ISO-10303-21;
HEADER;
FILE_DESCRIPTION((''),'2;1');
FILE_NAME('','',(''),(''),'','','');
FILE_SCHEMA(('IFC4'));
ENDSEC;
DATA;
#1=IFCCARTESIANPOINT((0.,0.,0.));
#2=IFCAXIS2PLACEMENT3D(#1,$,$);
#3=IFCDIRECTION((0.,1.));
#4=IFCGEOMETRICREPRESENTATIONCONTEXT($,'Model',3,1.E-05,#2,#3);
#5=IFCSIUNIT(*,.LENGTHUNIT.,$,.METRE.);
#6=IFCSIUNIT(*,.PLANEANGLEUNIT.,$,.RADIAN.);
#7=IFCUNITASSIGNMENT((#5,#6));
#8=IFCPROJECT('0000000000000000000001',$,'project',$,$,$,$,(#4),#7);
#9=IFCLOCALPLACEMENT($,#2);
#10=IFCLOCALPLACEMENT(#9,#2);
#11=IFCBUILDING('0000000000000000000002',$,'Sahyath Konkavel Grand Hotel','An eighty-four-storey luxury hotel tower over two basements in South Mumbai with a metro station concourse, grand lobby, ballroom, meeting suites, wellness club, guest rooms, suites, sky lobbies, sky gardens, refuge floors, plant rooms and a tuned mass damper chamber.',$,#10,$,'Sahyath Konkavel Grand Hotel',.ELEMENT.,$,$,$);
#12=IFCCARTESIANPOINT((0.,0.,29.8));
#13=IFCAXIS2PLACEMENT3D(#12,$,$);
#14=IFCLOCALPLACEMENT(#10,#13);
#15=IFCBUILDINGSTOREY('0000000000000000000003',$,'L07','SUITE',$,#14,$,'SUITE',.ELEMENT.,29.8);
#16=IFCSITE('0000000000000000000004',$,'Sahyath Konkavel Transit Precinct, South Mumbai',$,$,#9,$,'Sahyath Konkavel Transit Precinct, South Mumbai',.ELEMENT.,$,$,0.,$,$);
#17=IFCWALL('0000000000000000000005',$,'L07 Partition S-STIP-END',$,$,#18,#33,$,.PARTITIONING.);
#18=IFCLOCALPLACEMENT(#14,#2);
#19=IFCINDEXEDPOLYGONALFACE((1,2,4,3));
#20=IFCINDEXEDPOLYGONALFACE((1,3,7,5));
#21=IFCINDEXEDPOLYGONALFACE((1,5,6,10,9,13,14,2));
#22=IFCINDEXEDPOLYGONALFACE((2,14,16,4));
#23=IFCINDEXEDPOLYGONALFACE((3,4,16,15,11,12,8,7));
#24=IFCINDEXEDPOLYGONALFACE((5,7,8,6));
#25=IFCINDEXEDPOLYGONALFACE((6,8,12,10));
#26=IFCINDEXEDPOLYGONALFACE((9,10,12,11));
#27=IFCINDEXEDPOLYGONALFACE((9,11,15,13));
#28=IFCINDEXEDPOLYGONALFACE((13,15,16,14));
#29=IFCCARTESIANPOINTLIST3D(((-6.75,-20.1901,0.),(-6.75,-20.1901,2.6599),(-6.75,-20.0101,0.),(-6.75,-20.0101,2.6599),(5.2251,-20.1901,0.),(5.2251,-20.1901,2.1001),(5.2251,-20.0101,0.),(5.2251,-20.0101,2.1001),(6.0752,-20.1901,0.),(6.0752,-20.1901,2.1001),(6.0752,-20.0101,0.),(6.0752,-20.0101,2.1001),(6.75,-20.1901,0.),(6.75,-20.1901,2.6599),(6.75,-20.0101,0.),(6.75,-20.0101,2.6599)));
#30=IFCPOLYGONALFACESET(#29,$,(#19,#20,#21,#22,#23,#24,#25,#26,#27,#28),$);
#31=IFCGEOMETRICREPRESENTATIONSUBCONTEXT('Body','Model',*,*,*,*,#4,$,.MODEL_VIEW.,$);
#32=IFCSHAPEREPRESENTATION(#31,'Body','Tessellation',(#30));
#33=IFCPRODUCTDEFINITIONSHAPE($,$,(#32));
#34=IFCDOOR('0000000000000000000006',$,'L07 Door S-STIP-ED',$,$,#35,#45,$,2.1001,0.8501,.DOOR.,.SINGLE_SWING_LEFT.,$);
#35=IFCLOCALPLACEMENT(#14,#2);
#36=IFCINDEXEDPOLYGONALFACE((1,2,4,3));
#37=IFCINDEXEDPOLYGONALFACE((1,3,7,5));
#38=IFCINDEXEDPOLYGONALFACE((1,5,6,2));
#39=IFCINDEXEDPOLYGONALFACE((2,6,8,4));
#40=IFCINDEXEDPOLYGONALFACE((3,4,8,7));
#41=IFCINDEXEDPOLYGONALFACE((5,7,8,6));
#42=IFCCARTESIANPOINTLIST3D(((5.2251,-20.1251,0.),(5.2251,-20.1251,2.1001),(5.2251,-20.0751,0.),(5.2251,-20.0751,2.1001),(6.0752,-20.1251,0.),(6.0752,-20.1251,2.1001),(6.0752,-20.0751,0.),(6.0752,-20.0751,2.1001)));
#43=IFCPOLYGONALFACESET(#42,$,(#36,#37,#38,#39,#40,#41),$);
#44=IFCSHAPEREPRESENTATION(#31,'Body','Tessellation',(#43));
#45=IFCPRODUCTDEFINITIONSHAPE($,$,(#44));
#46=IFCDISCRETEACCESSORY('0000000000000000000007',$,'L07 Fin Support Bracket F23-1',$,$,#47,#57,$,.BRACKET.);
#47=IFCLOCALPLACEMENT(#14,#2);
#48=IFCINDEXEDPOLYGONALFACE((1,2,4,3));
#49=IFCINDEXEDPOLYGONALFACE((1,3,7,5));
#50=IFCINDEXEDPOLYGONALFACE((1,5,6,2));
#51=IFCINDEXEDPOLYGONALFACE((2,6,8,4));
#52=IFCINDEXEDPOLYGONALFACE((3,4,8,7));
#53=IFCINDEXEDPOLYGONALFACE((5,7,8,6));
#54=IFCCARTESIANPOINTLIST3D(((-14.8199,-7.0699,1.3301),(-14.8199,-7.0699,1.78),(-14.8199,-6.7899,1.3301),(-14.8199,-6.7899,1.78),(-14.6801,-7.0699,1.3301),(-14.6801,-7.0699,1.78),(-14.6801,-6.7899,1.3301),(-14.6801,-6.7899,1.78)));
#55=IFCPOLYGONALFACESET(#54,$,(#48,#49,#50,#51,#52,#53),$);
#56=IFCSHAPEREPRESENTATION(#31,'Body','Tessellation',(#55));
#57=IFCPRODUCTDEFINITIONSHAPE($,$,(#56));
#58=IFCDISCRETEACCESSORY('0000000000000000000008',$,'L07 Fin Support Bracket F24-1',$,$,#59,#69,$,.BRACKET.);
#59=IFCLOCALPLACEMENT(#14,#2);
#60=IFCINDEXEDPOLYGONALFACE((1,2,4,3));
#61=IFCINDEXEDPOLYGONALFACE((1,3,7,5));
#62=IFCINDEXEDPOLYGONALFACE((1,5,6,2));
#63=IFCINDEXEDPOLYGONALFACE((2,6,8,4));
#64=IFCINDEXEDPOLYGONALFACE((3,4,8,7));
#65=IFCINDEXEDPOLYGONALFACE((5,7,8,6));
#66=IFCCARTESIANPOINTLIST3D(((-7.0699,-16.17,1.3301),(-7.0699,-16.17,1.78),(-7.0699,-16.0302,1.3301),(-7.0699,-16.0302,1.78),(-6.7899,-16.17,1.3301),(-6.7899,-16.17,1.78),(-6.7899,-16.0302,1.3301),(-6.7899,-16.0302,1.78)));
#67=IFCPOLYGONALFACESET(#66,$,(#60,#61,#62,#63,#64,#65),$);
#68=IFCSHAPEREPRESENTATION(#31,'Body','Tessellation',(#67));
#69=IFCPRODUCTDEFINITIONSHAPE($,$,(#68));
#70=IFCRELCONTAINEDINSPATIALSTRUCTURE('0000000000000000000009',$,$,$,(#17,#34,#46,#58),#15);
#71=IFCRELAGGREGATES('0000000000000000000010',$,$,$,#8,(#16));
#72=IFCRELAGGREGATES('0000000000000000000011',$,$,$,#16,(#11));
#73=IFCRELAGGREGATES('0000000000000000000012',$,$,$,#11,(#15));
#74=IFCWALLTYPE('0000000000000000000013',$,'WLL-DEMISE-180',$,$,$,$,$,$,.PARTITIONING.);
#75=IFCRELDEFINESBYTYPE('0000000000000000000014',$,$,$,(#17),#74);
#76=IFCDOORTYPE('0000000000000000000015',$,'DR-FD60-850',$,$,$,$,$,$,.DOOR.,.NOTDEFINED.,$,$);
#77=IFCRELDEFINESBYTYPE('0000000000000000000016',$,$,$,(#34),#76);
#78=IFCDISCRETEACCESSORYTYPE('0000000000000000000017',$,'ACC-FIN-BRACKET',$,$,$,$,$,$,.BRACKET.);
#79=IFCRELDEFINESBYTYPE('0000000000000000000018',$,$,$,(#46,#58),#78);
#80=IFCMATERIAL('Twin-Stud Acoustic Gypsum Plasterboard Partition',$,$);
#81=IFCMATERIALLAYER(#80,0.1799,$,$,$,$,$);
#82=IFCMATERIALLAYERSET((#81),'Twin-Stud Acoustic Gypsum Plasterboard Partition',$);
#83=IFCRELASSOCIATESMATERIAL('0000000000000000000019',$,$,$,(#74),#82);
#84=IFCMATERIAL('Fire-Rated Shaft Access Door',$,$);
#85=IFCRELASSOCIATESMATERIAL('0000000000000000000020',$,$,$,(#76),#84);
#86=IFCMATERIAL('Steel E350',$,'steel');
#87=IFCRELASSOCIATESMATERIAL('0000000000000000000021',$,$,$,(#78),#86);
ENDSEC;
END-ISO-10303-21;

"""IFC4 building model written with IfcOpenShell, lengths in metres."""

from ifc_helpers import new_model, si_unit, direction, frame, frame_2d, origin, origin_2d, place, context, subcontext, project, spatial, rectangle, extrude, source, transform, mapped, material, layer, layer_set, type_object, element, fill, save


model = new_model("IFC4")

# Units and contexts
model_context = context("Model", 3, precision=1e-05, world=origin(), true_north=direction((0.0, 1.0)))
body_context = subcontext(model_context, "Body", "Model", "MODEL_VIEW")
ifc_project = project(units=[si_unit("LENGTHUNIT", "METRE"), si_unit("PLANEANGLEUNIT", "RADIAN")], contexts=[model_context])

# Site, building, storey
site_placement = place(None, origin())
site = spatial("IfcSite", under=ifc_project, at=site_placement, Name="Sahyath Konkavel Transit Precinct, South Mumbai", LongName="Sahyath Konkavel Transit Precinct, South Mumbai", CompositionType="ELEMENT", RefElevation=0.0)
building_placement = place(site_placement, origin())
building = spatial("IfcBuilding", under=site, at=building_placement, Name="Sahyath Konkavel Grand Hotel", Description="An eighty-four-storey luxury hotel tower over two basements in South Mumbai with a metro station concourse, grand lobby, ballroom, meeting suites, wellness club, guest rooms, suites, sky lobbies, sky gardens, refuge floors, plant rooms and a tuned mass damper chamber.", LongName="Sahyath Konkavel Grand Hotel", CompositionType="ELEMENT")
storey_placement = place(building_placement, frame((0.0, 0.0, 29.8)))
storey = spatial("IfcBuildingStorey", under=building, at=storey_placement, Name="L07", Description="SUITE", LongName="SUITE", CompositionType="ELEMENT", Elevation=29.8)

# Shared definitions
ifc_material_1 = material(Name="Steel E350", Category="steel")

# Shared definitions
ifc_material_2 = material(Name="Twin-Stud Acoustic Gypsum Plasterboard Partition")
ifc_layer_1 = layer(ifc_material_2, 0.1799)
ifc_layer_set_1 = layer_set([ifc_layer_1], Name="Twin-Stud Acoustic Gypsum Plasterboard Partition")
wall_type_1 = type_object("IfcWallType", Name="WLL-DEMISE-180", PredefinedType="PARTITIONING", material=ifc_layer_set_1)

# Wall, opening, door
wall_1_placement = place(storey_placement, frame((-6.75, -20.1001, 0.0), z_axis=(0.0, 0.0, 1.0), x_axis=(1.0, 0.0, 0.0)))
wall_1 = element("IfcWall", 1, at=wall_1_placement, inside=storey, type_object=wall_type_1, Name="L07 Partition S-STIP-END", PredefinedType="PARTITIONING", context=body_context, shape_type="SweptSolid", body=[
    extrude(rectangle(XDim=13.5, YDim=0.1799, at=frame_2d((6.75, 0.0))), origin(), (0.0, 0.0, 1.0), 2.6599),
])
opening_placement = place(wall_1_placement, frame((11.9751, 0.0, 0.0)))
opening = element("IfcOpeningElement", 2, at=opening_placement, cuts=wall_1, PredefinedType="OPENING", context=body_context, shape_type="SweptSolid", body=[
    extrude(rectangle(XDim=0.8501, YDim=2.1001, at=frame_2d((0.425, 1.05))), frame((0.0, 0.1001, 0.0), z_axis=(0.0, -1.0, 0.0), x_axis=(1.0, 0.0, 0.0)), (0.0, 0.0, 1.0), 0.2),
])
ifc_material_3 = material(Name="Fire-Rated Shaft Access Door")
door_type = type_object("IfcDoorType", Name="DR-FD60-850", OperationType="NOTDEFINED", PredefinedType="DOOR", material=ifc_material_3)
shared_shape_1 = source(origin(), body_context, "Body", "SweptSolid", [
    extrude(rectangle(XDim=0.8501, YDim=0.05, at=origin_2d()), origin(), (0.0, 0.0, 1.0), 2.1001),
])
door_placement = place(opening_placement, frame((0.425, 0.0, 0.0)))
door = element("IfcDoor", 3, at=door_placement, inside=storey, type_object=door_type, Name="L07 Door S-STIP-ED", OperationType="SINGLE_SWING_LEFT", OverallHeight=2.1001, OverallWidth=0.8501, PredefinedType="DOOR", context=body_context, shape_type="MappedRepresentation", body=[
    mapped(shared_shape_1, transform((0.0, 0.0, 0.0), scale=1.0)),
])
fill(opening, door)

# Discrete accessories
discrete_accessory_type = type_object("IfcDiscreteAccessoryType", Name="ACC-FIN-BRACKET", PredefinedType="BRACKET", material=ifc_material_1)
shared_shape_2 = source(origin(), body_context, "Body", "SweptSolid", [
    extrude(rectangle(XDim=0.28, YDim=0.1399, at=origin_2d()), origin(), (0.0, 0.0, 1.0), 0.45),
])
for number, where, z_axis, x_axis, name in (
    (4, (-14.75, -6.9299, 1.3301), (0.0, 0.0, 1.0), (0.0, -1.0, 0.0), "L07 Fin Support Bracket F23-1"),
    (5, (-6.9299, -16.1001, 1.3301), (0.0, 0.0, 1.0), (-1.0, 0.0, 0.0), "L07 Fin Support Bracket F24-1"),
):
    element("IfcDiscreteAccessory", number, at=place(storey_placement, frame(where, z_axis=z_axis, x_axis=x_axis)), inside=storey, type_object=discrete_accessory_type, Name=name, PredefinedType="BRACKET", context=body_context, shape_type="MappedRepresentation", body=[
        mapped(shared_shape_2, transform((0.0, 0.0, 0.0), scale=1.0)),
    ])

save(model, "model.ifc")
